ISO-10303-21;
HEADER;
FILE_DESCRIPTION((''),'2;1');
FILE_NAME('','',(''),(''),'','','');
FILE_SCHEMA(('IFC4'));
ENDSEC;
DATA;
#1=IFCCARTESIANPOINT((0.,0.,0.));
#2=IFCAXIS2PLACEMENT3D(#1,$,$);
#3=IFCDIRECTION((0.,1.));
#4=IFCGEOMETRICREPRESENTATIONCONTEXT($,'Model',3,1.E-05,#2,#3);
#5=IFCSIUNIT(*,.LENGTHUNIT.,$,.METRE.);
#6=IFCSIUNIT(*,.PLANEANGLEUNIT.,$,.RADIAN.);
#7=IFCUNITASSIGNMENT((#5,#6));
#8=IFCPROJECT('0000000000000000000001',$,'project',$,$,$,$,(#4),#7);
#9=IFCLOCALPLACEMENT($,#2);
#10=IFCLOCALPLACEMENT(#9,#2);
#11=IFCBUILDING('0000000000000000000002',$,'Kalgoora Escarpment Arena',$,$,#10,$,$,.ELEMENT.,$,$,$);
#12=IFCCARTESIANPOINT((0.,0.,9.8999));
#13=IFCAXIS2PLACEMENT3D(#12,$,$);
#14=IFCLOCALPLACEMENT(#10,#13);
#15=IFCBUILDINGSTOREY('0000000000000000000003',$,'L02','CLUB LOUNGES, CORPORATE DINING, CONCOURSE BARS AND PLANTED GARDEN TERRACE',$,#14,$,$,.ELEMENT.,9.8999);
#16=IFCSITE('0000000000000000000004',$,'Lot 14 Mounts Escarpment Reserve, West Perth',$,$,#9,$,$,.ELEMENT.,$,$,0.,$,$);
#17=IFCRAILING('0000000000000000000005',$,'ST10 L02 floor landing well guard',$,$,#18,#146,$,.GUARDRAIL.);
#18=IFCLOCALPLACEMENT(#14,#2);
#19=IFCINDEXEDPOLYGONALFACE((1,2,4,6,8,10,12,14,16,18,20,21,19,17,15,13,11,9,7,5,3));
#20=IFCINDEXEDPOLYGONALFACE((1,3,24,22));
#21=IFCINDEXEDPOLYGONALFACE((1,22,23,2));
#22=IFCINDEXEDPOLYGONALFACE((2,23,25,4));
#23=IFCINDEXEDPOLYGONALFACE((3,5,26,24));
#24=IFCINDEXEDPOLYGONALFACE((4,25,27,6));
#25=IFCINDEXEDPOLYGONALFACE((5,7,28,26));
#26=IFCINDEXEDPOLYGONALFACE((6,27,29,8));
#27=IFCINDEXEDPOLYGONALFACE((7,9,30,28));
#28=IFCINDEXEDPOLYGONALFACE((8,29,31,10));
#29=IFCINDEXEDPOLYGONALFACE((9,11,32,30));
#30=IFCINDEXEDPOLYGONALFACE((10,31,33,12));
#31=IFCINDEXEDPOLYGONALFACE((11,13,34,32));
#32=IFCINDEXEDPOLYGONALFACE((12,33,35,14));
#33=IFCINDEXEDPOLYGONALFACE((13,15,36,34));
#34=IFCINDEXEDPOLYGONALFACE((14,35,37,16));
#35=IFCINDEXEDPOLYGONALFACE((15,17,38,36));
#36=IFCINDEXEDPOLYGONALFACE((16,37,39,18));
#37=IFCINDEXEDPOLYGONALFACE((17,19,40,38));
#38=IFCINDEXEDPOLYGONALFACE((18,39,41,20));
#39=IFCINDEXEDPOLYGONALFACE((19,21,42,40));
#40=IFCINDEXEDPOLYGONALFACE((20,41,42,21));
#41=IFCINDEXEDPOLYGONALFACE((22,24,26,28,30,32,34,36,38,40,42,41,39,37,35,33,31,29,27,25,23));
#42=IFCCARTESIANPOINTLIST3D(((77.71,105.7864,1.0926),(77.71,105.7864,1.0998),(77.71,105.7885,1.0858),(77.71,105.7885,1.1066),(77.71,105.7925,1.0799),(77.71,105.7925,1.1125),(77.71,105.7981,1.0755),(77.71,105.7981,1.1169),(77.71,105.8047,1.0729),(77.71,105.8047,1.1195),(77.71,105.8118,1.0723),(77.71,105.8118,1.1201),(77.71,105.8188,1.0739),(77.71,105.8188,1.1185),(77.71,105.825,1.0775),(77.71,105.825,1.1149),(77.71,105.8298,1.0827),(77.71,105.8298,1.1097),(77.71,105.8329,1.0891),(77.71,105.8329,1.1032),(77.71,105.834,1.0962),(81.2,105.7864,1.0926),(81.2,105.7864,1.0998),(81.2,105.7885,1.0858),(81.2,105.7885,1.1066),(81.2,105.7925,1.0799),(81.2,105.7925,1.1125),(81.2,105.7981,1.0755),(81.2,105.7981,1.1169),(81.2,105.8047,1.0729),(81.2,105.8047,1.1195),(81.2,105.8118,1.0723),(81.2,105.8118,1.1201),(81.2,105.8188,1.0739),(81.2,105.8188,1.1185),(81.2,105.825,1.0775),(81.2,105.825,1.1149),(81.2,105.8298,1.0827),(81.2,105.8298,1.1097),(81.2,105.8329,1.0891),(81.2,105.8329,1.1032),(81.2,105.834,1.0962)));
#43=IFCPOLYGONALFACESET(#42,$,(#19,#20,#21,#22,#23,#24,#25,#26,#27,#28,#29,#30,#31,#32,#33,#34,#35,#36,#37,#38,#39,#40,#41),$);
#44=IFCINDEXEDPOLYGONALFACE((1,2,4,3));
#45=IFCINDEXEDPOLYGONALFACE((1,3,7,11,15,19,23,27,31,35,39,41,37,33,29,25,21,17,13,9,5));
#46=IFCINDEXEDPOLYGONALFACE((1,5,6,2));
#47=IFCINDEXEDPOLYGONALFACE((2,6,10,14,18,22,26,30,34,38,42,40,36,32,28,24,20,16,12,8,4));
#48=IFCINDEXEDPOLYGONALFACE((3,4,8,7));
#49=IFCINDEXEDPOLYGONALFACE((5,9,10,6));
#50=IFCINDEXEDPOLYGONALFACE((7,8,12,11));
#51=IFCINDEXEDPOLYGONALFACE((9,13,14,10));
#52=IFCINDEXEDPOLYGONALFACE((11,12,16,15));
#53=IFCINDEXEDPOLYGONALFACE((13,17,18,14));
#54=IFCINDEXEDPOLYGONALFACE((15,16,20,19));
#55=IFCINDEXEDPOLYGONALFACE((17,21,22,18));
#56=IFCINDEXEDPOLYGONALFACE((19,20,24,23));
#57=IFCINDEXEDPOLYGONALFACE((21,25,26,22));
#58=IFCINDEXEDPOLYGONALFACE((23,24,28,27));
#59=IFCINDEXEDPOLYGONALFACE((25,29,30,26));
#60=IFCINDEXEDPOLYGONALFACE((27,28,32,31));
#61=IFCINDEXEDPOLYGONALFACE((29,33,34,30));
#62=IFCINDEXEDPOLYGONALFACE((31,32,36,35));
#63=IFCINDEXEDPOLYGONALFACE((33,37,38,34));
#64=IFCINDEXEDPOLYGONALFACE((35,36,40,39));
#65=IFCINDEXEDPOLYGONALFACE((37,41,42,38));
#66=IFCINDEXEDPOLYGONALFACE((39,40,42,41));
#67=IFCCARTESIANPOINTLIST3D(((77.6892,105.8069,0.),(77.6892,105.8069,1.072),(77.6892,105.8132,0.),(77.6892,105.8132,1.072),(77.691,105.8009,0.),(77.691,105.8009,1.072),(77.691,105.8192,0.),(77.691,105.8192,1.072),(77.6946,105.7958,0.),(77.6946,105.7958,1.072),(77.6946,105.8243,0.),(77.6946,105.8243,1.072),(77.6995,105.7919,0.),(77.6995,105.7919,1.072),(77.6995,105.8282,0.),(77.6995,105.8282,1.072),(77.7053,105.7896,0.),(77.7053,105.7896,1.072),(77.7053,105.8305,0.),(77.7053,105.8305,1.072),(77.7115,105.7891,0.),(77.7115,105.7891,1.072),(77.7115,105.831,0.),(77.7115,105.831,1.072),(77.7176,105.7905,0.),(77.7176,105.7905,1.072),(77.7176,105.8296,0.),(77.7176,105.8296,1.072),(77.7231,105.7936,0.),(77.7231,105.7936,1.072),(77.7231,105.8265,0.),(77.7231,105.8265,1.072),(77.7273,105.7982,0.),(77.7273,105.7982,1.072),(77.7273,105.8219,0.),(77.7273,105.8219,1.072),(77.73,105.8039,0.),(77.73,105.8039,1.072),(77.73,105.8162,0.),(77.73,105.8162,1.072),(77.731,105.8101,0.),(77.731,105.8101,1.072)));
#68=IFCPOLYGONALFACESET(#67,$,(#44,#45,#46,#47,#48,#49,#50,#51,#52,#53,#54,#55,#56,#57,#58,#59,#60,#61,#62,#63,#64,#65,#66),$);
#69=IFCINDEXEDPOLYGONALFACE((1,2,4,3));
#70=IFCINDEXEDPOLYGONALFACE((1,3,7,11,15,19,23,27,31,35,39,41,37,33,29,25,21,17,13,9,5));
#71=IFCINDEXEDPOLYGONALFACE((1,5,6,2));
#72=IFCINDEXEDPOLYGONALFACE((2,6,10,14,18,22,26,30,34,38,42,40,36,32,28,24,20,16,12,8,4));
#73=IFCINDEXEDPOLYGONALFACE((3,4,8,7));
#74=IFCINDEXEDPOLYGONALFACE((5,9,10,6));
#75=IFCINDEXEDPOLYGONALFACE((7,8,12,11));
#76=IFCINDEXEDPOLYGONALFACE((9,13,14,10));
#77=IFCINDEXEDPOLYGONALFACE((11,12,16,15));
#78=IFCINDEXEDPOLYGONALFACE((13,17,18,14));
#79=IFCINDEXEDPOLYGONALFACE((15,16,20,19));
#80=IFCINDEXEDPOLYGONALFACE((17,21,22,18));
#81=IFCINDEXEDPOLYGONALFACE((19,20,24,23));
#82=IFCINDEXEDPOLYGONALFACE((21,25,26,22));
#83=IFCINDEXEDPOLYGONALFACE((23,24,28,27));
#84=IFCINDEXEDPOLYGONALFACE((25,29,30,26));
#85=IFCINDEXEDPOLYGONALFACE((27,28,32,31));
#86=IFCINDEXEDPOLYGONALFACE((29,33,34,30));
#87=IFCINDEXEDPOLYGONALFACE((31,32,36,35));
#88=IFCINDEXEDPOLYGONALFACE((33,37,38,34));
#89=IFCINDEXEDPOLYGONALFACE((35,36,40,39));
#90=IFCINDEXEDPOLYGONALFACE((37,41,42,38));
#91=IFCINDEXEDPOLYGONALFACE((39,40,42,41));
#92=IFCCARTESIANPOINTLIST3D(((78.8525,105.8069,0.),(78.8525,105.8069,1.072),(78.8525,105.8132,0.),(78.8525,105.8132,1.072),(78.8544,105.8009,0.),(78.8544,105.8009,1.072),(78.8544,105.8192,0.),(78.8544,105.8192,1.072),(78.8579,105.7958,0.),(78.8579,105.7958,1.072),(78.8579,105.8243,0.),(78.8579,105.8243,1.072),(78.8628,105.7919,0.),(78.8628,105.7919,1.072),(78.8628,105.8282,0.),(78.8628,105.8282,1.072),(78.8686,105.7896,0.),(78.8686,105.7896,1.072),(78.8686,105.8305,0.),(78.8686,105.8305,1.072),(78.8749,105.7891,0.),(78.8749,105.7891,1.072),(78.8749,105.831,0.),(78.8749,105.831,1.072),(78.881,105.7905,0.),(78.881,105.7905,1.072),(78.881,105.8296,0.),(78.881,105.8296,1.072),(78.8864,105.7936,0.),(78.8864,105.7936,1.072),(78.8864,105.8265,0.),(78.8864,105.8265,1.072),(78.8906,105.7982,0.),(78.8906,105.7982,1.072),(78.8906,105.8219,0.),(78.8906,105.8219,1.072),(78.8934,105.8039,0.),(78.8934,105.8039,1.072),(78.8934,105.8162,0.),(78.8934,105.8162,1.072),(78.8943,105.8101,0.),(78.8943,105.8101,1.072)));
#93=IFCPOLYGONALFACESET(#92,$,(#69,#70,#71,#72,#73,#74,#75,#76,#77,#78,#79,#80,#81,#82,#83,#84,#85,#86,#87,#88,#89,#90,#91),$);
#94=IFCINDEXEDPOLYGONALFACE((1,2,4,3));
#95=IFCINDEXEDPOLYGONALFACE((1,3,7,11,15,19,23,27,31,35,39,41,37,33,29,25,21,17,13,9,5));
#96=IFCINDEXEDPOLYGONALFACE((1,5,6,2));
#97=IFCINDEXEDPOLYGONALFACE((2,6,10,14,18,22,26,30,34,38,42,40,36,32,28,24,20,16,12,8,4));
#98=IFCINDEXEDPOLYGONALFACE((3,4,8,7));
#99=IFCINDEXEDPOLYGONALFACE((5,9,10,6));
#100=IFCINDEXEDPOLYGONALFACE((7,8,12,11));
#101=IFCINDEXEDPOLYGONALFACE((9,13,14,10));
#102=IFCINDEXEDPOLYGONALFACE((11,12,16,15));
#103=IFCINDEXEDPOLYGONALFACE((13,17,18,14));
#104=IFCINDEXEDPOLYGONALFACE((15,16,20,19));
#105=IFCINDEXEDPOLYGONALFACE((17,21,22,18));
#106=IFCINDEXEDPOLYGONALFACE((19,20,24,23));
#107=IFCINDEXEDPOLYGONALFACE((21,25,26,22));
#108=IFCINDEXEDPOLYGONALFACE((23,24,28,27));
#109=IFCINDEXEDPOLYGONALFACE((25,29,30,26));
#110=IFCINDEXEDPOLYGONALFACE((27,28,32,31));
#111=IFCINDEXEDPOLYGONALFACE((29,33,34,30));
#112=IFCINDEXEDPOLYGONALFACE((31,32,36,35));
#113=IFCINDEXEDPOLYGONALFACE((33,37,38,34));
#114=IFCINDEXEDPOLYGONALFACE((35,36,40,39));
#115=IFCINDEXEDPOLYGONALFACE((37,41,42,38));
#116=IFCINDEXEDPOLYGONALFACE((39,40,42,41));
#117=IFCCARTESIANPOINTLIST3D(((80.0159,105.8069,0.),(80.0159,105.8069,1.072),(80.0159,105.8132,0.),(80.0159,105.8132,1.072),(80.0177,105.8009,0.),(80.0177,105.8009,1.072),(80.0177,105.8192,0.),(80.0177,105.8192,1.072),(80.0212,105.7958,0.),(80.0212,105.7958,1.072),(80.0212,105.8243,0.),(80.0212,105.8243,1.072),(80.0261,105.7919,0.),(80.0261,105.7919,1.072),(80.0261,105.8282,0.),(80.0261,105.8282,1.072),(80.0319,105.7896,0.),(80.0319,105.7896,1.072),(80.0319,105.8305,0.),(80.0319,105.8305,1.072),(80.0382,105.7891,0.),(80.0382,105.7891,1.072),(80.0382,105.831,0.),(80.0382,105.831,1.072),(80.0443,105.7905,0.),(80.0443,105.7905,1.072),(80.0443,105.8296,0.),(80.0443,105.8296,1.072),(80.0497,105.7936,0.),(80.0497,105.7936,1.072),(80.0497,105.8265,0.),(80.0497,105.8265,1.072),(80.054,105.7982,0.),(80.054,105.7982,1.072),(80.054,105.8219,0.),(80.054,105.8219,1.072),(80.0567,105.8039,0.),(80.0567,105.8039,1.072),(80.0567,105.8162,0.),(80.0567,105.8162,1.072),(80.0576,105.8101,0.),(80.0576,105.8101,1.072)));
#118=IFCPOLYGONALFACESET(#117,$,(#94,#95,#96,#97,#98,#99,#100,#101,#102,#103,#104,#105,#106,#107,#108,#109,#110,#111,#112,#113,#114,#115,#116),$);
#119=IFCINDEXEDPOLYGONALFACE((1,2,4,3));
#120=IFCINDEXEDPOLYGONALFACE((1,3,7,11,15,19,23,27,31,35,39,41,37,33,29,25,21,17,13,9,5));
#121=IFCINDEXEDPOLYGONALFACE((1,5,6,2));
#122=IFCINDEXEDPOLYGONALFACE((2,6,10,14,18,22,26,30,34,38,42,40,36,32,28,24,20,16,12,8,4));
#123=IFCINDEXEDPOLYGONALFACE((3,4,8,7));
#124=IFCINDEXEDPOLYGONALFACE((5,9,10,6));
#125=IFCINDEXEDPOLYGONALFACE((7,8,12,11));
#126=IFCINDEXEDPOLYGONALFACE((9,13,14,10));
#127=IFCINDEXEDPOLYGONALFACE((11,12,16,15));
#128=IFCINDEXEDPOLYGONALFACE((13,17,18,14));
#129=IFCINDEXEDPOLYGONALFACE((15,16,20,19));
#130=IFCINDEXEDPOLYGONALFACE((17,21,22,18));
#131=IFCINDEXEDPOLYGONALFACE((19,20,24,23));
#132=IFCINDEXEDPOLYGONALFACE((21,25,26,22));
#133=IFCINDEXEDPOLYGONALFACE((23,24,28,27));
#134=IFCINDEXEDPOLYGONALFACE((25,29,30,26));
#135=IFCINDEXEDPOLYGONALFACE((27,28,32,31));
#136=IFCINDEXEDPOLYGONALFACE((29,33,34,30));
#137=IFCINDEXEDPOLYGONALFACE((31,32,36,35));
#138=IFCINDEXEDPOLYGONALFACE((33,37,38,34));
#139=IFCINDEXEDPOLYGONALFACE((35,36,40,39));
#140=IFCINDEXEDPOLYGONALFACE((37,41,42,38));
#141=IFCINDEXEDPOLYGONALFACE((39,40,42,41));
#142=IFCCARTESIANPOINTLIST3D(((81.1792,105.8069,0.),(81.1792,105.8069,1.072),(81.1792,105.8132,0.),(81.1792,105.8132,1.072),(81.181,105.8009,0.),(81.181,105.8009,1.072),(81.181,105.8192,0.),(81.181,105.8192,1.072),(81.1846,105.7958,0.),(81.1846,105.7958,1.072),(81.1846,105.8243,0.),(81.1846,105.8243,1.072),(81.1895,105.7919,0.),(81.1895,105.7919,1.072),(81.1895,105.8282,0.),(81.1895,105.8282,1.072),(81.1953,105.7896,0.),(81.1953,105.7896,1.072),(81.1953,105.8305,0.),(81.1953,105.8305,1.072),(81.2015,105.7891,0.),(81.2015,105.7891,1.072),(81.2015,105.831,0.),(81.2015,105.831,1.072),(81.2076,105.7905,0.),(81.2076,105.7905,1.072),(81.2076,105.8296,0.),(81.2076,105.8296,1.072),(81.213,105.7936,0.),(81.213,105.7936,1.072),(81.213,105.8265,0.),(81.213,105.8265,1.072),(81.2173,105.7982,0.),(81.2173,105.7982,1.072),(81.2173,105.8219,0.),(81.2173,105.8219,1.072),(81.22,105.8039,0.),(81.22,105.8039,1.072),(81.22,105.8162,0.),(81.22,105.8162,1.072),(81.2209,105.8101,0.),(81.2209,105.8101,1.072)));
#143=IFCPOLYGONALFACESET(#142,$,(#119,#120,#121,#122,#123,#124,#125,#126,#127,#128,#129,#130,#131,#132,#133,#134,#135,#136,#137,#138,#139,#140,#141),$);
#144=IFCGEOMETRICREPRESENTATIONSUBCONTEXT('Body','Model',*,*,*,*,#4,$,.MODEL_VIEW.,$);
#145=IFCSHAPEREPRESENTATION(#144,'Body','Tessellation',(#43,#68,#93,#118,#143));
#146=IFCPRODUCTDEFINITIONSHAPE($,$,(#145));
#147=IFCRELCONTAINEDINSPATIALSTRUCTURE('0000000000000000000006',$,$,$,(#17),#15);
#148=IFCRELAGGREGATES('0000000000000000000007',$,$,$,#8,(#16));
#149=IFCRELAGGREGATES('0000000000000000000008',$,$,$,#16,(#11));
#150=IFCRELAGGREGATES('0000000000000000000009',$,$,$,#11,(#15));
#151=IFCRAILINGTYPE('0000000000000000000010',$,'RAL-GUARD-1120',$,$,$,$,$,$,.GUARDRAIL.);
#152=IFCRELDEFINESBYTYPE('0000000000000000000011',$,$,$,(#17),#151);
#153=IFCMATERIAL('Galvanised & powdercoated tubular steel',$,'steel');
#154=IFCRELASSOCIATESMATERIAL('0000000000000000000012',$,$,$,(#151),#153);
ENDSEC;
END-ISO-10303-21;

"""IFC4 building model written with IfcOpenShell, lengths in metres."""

from ifc_helpers import new_model, si_unit, direction, frame, origin, origin_2d, place, context, subcontext, project, spatial, circle, extrude, material, type_object, element, save


model = new_model("IFC4")

# Units and contexts
model_context = context("Model", 3, precision=1e-05, world=origin(), true_north=direction((0.0, 1.0)))
body_context = subcontext(model_context, "Body", "Model", "MODEL_VIEW")
ifc_project = project(units=[si_unit("LENGTHUNIT", "METRE"), si_unit("PLANEANGLEUNIT", "RADIAN")], contexts=[model_context])

# Site, building, storey
site_placement = place(None, origin())
site = spatial("IfcSite", under=ifc_project, at=site_placement, Name="Lot 14 Mounts Escarpment Reserve, West Perth", CompositionType="ELEMENT", RefElevation=0.0)
building_placement = place(site_placement, origin())
building = spatial("IfcBuilding", under=site, at=building_placement, Name="Kalgoora Escarpment Arena", CompositionType="ELEMENT")
storey_placement = place(building_placement, frame((0.0, 0.0, 9.8999)))
storey = spatial("IfcBuildingStorey", under=building, at=storey_placement, Name="L02", Description="CLUB LOUNGES, CORPORATE DINING, CONCOURSE BARS AND PLANTED GARDEN TERRACE", CompositionType="ELEMENT", Elevation=9.8999)

# Railing
ifc_material_1 = material(Name="Galvanised & powdercoated tubular steel", Category="steel")
railing_type_1 = type_object("IfcRailingType", Name="RAL-GUARD-1120", PredefinedType="GUARDRAIL", material=ifc_material_1)
railing_1_placement = place(storey_placement, frame((77.71, 105.8101, 0.0)))
element("IfcRailing", 1, at=railing_1_placement, inside=storey, type_object=railing_type_1, Name="ST10 L02 floor landing well guard", PredefinedType="GUARDRAIL", context=body_context, shape_type="SweptSolid", body=[
    extrude(circle(Radius=0.0239, at=origin_2d()), frame((0.0, 0.0, 1.0962), z_axis=(1.0, 0.0, 0.0), x_axis=(0.0, 1.0, 0.0)), (0.0, 0.0, 1.0), 3.49),
    extrude(circle(Radius=0.021, at=origin_2d()), origin(), (0.0, 0.0, 1.0), 1.072),
    extrude(circle(Radius=0.021, at=origin_2d()), frame((1.1633, 0.0, 0.0)), (0.0, 0.0, 1.0), 1.072),
    extrude(circle(Radius=0.021, at=origin_2d()), frame((2.3267, 0.0, 0.0)), (0.0, 0.0, 1.0), 1.072),
    extrude(circle(Radius=0.021, at=origin_2d()), frame((3.49, 0.0, 0.0)), (0.0, 0.0, 1.0), 1.072),
])

save(model, "model.ifc")
